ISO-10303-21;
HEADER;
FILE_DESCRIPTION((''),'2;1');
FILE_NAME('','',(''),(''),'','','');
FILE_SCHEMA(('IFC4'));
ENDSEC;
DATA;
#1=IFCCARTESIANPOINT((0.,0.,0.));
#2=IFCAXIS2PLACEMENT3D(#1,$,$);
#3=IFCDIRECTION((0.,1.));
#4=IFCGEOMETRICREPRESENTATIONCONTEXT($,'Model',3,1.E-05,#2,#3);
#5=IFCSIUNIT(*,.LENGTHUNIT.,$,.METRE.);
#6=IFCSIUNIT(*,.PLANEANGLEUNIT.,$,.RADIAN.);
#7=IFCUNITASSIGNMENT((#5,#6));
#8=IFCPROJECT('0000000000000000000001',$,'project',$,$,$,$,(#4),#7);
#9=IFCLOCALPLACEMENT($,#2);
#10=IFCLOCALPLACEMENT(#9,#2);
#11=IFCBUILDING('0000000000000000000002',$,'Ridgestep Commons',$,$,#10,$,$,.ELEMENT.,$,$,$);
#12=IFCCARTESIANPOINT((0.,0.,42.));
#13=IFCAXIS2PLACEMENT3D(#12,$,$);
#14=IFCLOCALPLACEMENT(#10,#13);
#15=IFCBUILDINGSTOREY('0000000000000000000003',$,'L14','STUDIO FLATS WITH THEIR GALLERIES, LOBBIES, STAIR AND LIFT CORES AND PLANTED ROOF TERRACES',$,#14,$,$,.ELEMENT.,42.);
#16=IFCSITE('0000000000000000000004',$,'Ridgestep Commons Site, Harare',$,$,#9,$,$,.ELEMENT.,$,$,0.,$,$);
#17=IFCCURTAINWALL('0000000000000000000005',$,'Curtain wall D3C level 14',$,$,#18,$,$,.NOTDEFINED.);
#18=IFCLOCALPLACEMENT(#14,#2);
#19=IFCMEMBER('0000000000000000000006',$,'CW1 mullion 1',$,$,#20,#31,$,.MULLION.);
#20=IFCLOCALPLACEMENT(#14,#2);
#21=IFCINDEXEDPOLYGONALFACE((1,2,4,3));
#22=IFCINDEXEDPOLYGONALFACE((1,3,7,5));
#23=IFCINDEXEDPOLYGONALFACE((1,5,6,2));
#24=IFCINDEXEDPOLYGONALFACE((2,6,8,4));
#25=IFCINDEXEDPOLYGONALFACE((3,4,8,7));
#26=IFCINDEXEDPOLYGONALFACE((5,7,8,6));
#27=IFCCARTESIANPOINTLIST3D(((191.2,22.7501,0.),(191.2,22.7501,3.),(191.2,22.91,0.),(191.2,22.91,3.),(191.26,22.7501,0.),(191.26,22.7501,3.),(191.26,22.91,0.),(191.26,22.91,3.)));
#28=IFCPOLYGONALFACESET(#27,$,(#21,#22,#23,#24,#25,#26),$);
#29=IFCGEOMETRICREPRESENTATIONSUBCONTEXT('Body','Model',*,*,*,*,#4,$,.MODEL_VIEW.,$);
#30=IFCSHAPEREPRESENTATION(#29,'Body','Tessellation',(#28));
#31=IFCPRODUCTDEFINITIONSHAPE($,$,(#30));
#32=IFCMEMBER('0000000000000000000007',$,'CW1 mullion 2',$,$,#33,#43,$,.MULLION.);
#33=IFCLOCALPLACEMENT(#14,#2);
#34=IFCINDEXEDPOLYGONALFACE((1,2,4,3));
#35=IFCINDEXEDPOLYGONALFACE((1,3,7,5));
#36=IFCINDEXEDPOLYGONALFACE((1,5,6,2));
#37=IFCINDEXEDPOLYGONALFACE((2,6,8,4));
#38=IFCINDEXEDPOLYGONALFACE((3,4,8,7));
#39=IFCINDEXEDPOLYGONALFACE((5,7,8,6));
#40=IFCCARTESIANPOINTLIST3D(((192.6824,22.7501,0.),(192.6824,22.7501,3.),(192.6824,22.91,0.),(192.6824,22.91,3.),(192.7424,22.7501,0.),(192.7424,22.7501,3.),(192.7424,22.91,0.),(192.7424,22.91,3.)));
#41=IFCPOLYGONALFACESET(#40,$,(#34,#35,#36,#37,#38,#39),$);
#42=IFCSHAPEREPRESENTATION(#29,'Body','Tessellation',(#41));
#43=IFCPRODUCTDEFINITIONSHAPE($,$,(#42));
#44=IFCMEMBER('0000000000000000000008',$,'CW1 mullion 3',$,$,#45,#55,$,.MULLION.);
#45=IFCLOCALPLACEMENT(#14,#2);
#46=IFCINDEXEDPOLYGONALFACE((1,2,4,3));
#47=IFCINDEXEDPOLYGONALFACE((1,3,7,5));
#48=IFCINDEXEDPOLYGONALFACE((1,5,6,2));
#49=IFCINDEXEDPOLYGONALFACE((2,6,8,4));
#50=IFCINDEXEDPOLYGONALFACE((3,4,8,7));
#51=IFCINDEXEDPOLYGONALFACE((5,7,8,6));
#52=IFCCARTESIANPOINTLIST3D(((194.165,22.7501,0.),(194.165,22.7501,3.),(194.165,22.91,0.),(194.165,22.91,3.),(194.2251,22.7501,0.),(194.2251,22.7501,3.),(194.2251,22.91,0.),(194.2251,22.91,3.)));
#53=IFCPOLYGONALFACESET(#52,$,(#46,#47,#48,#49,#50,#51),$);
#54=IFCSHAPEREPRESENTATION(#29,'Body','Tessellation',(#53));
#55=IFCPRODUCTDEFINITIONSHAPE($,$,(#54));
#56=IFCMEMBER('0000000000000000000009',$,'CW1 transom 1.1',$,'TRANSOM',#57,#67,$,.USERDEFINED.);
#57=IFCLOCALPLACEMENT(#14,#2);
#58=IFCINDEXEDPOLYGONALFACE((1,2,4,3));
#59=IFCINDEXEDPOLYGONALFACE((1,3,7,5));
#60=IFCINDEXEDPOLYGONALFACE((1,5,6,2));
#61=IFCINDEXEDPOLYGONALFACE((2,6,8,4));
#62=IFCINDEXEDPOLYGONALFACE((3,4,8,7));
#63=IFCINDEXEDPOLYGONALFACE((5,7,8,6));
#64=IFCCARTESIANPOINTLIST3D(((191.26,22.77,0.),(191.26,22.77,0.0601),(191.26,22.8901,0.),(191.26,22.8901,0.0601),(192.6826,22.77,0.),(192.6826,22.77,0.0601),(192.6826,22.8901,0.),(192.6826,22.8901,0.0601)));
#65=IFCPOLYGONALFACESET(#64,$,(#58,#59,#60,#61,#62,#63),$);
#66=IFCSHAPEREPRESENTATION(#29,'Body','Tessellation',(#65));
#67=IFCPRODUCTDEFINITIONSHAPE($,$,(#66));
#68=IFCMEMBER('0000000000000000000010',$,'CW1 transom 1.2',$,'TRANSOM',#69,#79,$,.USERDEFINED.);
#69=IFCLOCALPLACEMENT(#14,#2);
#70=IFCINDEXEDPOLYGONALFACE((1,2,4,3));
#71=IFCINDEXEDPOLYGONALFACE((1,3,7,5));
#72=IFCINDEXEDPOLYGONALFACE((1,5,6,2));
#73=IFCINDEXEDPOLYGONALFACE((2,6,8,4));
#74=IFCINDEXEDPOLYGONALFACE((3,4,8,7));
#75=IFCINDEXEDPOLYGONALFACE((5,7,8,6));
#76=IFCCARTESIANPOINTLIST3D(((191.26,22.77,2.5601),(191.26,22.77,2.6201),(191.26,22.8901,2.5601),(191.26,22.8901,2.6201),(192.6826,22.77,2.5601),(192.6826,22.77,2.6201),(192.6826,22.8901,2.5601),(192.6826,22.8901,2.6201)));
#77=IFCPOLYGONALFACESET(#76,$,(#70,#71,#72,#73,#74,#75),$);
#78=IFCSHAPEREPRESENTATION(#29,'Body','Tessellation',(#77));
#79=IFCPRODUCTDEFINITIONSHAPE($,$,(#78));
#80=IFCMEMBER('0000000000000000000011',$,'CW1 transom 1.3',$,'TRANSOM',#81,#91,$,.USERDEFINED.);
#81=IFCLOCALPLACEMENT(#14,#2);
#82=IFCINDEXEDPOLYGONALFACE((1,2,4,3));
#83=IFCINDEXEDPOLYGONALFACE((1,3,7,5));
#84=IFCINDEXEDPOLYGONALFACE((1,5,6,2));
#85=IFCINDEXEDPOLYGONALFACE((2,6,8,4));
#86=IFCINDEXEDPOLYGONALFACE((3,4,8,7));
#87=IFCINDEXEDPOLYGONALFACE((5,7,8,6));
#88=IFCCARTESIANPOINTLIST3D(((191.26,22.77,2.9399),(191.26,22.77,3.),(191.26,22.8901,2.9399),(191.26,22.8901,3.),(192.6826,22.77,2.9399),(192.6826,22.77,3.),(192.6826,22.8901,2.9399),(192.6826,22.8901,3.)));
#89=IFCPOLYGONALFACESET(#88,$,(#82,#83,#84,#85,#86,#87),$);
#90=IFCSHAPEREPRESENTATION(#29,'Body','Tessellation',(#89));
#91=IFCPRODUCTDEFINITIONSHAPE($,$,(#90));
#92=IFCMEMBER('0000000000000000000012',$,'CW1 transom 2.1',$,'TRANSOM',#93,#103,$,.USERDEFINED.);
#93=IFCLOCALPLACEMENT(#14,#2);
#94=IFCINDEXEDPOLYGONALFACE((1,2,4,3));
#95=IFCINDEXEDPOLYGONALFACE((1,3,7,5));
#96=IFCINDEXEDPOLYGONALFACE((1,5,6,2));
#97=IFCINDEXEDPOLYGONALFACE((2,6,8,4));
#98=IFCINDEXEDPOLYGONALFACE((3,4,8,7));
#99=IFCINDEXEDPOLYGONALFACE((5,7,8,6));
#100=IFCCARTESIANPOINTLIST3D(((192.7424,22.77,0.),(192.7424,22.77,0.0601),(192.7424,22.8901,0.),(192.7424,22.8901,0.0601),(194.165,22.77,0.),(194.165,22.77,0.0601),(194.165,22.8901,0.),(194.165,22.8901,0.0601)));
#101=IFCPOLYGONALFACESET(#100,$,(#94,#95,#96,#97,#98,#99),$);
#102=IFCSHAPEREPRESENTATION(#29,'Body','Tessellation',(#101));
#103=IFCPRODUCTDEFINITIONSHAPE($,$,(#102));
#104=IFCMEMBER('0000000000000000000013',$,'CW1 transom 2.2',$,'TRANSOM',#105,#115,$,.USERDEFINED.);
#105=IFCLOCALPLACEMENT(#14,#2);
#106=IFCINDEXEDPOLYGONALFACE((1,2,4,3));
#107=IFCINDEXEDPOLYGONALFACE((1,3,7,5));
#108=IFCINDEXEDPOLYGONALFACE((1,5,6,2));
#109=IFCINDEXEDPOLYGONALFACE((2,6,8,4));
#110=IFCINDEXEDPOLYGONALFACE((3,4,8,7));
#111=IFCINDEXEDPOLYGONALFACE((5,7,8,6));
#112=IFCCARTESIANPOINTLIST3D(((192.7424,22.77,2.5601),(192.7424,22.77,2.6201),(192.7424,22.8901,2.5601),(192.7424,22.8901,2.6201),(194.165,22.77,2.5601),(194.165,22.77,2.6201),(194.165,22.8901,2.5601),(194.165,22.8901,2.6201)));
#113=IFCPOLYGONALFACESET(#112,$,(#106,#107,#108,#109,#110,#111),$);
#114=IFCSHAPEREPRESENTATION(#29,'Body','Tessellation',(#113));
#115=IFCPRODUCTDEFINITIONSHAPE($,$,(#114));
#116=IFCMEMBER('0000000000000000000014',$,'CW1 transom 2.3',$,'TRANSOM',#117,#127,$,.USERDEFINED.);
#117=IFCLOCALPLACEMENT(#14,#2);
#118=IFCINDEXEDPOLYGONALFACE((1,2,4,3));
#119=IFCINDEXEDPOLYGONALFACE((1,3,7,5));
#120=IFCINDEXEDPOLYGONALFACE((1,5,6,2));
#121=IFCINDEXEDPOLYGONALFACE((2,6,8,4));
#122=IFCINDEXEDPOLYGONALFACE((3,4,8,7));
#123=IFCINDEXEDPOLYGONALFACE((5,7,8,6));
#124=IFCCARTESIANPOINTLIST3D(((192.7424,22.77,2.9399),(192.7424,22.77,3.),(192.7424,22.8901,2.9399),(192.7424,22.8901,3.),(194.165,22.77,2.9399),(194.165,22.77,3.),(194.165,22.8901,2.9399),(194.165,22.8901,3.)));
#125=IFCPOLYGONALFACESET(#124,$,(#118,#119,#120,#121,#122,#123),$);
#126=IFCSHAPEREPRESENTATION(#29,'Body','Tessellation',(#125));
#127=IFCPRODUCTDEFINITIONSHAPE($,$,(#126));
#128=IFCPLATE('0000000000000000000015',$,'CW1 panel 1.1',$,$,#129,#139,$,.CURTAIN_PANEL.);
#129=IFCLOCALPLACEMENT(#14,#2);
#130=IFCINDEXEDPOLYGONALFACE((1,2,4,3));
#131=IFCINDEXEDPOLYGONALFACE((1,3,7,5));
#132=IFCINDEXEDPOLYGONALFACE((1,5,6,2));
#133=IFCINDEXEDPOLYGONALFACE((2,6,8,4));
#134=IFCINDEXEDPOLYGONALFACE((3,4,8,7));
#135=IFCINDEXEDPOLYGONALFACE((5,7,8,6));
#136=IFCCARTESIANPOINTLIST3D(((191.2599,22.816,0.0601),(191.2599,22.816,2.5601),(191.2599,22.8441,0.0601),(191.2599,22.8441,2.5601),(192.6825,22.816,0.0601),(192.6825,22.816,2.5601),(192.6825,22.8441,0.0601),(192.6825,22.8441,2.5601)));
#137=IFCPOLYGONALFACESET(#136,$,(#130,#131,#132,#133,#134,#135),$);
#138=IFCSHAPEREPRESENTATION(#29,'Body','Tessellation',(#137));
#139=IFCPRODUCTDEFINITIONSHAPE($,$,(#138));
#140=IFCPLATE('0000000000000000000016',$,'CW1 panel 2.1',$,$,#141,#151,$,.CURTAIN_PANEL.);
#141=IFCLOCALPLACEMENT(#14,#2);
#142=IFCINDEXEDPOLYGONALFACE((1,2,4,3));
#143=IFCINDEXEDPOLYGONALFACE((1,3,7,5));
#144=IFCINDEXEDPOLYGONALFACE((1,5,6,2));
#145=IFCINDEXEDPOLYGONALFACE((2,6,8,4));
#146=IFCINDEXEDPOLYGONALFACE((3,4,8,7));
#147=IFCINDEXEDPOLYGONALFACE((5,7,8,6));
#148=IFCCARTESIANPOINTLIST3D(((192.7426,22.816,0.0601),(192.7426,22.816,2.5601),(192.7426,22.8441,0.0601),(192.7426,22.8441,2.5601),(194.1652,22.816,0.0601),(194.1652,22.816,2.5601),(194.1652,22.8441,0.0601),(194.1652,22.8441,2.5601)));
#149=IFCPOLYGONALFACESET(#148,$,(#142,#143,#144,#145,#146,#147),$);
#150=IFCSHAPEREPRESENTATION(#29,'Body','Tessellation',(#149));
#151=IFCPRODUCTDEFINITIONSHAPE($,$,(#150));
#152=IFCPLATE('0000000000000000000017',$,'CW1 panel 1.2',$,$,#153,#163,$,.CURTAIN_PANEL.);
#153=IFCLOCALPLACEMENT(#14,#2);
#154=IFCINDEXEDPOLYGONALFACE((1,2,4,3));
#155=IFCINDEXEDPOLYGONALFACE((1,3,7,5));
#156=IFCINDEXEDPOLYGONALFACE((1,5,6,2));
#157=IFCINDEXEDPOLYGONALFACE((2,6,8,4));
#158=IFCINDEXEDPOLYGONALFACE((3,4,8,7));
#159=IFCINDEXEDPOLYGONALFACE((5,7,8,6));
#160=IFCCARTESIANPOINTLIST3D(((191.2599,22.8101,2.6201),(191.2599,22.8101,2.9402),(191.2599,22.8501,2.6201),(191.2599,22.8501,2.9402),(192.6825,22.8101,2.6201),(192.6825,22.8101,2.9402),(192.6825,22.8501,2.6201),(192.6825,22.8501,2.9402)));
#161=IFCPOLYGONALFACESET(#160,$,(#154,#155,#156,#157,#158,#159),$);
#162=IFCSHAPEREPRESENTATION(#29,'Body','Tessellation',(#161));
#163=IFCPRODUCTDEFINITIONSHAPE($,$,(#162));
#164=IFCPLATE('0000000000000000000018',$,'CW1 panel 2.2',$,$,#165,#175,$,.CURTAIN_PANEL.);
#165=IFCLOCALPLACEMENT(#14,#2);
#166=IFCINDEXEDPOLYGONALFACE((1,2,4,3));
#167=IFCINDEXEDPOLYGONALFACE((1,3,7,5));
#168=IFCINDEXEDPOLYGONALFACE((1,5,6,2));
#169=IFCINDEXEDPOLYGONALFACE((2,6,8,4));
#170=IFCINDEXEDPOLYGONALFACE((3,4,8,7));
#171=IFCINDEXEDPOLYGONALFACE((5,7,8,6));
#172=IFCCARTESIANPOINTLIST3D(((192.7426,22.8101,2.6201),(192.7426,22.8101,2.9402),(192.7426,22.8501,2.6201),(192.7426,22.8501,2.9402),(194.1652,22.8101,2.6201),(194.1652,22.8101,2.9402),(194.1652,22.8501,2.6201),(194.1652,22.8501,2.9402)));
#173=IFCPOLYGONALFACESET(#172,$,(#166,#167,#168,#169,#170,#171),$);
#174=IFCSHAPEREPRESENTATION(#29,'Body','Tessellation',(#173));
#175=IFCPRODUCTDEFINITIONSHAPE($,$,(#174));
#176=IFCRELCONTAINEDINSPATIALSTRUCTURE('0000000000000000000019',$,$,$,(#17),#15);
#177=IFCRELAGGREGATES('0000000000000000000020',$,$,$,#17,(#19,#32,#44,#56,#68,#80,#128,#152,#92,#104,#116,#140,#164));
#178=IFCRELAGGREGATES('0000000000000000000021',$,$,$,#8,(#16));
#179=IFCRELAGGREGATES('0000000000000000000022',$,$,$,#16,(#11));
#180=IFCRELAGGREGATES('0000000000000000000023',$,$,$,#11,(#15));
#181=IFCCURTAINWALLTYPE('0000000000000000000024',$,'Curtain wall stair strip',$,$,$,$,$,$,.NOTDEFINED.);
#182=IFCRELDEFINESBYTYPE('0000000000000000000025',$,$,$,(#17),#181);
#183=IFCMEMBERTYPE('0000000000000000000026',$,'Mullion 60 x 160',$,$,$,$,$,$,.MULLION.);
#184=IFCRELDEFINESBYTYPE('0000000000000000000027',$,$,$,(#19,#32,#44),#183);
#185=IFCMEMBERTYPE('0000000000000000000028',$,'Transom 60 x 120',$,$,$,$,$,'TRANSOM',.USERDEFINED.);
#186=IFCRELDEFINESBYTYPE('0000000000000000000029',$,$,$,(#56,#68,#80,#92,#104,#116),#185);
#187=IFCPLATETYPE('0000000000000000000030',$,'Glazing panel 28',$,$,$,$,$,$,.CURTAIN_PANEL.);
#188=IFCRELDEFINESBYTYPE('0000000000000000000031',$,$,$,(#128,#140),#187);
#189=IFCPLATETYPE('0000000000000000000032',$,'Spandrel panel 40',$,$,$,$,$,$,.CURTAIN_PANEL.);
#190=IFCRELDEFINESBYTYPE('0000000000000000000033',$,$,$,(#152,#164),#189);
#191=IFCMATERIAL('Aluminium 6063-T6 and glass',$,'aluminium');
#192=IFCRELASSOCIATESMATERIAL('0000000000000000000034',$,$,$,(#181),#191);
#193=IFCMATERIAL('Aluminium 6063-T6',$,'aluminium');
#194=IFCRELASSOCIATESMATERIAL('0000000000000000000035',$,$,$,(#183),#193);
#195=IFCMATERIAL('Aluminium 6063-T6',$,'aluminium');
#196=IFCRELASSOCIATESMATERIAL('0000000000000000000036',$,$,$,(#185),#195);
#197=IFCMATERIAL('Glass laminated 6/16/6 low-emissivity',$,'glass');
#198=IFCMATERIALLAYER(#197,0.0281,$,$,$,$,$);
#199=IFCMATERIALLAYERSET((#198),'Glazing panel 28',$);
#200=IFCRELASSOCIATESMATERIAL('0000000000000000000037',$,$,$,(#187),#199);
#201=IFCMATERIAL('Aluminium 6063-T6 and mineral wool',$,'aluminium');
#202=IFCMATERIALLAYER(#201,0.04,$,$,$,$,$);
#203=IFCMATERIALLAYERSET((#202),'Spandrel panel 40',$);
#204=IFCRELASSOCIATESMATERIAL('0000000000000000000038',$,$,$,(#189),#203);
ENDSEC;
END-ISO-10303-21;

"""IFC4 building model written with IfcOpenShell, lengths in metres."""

from ifc_helpers import new_model, si_unit, direction, frame, origin, origin_2d, place, context, subcontext, project, spatial, rectangle, extrude, material, layer, layer_set, material_profile, profile_set, type_object, element, aggregate, save


model = new_model("IFC4")

# Units and contexts
model_context = context("Model", 3, precision=1e-05, world=origin(), true_north=direction((0.0, 1.0)))
body_context = subcontext(model_context, "Body", "Model", "MODEL_VIEW")
ifc_project = project(units=[si_unit("LENGTHUNIT", "METRE"), si_unit("PLANEANGLEUNIT", "RADIAN")], contexts=[model_context])

# Site, building, storey
site_placement = place(None, origin())
site = spatial("IfcSite", under=ifc_project, at=site_placement, Name="Ridgestep Commons Site, Harare", CompositionType="ELEMENT", RefElevation=0.0)
building_placement = place(site_placement, origin())
building = spatial("IfcBuilding", under=site, at=building_placement, Name="Ridgestep Commons", CompositionType="ELEMENT")
storey_placement = place(building_placement, frame((0.0, 0.0, 42.0)))
storey = spatial("IfcBuildingStorey", under=building, at=storey_placement, Name="L14", Description="STUDIO FLATS WITH THEIR GALLERIES, LOBBIES, STAIR AND LIFT CORES AND PLANTED ROOF TERRACES", CompositionType="ELEMENT", Elevation=42.0)

# Curtain wall, members, plates
ifc_material_1 = material(Name="Aluminium 6063-T6 and glass", Category="aluminium")
curtain_wall_type = type_object("IfcCurtainWallType", Name="Curtain wall stair strip", PredefinedType="NOTDEFINED", material=ifc_material_1)
curtain_wall_placement = place(storey_placement, origin())
curtain_wall = element("IfcCurtainWall", 1, at=curtain_wall_placement, inside=storey, type_object=curtain_wall_type, Name="Curtain wall D3C level 14", PredefinedType="NOTDEFINED")
ifc_material_2 = material(Name="Aluminium 6063-T6", Category="aluminium")
ifc_material_profile_1 = material_profile(ifc_material_2, rectangle(XDim=0.1599, YDim=0.0601, at=origin_2d()), Name="Mullion 60 x 160")
ifc_profile_set_1 = profile_set([ifc_material_profile_1], Name="Aluminium 6063-T6")
member_type_1 = type_object("IfcMemberType", Name="Mullion 60 x 160", PredefinedType="MULLION", material=ifc_profile_set_1)
member_1_placement = place(storey_placement, frame((191.23, 22.8301, 0.0), z_axis=(0.0, 0.0, 1.0), x_axis=(0.0, 1.0, 0.0)))
member_1 = element("IfcMember", 2, at=member_1_placement, type_object=member_type_1, Name="CW1 mullion 1", PredefinedType="MULLION", context=body_context, shape_type="SweptSolid", body=[
    extrude(rectangle(XDim=0.1599, YDim=0.0601, at=origin_2d()), origin(), (0.0, 0.0, 1.0), 3.0),
])
member_2_placement = place(storey_placement, frame((192.7124, 22.8301, 0.0), z_axis=(0.0, 0.0, 1.0), x_axis=(0.0, 1.0, 0.0)))
member_2 = element("IfcMember", 3, at=member_2_placement, type_object=member_type_1, Name="CW1 mullion 2", PredefinedType="MULLION", context=body_context, shape_type="SweptSolid", body=[
    extrude(rectangle(XDim=0.1599, YDim=0.0601, at=origin_2d()), origin(), (0.0, 0.0, 1.0), 3.0),
])
member_3_placement = place(storey_placement, frame((194.1951, 22.8301, 0.0), z_axis=(0.0, 0.0, 1.0), x_axis=(0.0, 1.0, 0.0)))
member_3 = element("IfcMember", 4, at=member_3_placement, type_object=member_type_1, Name="CW1 mullion 3", PredefinedType="MULLION", context=body_context, shape_type="SweptSolid", body=[
    extrude(rectangle(XDim=0.1599, YDim=0.0601, at=origin_2d()), origin(), (0.0, 0.0, 1.0), 3.0),
])
ifc_material_3 = material(Name="Aluminium 6063-T6", Category="aluminium")
ifc_material_profile_2 = material_profile(ifc_material_3, rectangle(XDim=0.1201, YDim=0.0601, at=origin_2d()), Name="Transom 60 x 120")
ifc_profile_set_2 = profile_set([ifc_material_profile_2], Name="Aluminium 6063-T6")
member_type_2 = type_object("IfcMemberType", Name="Transom 60 x 120", ElementType="TRANSOM", PredefinedType="USERDEFINED", material=ifc_profile_set_2)
member_4_placement = place(storey_placement, frame((191.26, 22.8301, 0.03), z_axis=(1.0, 0.0, 0.0), x_axis=(0.0, 1.0, 0.0)))
member_4 = element("IfcMember", 5, at=member_4_placement, type_object=member_type_2, Name="CW1 transom 1.1", ObjectType="TRANSOM", PredefinedType="USERDEFINED", context=body_context, shape_type="SweptSolid", body=[
    extrude(rectangle(XDim=0.1201, YDim=0.0601, at=origin_2d()), origin(), (0.0, 0.0, 1.0), 1.4226),
])
member_5_placement = place(storey_placement, frame((191.26, 22.8301, 2.5901), z_axis=(1.0, 0.0, 0.0), x_axis=(0.0, 1.0, 0.0)))
member_5 = element("IfcMember", 6, at=member_5_placement, type_object=member_type_2, Name="CW1 transom 1.2", ObjectType="TRANSOM", PredefinedType="USERDEFINED", context=body_context, shape_type="SweptSolid", body=[
    extrude(rectangle(XDim=0.1201, YDim=0.0601, at=origin_2d()), origin(), (0.0, 0.0, 1.0), 1.4226),
])
member_6_placement = place(storey_placement, frame((191.26, 22.8301, 2.97), z_axis=(1.0, 0.0, 0.0), x_axis=(0.0, 1.0, 0.0)))
member_6 = element("IfcMember", 7, at=member_6_placement, type_object=member_type_2, Name="CW1 transom 1.3", ObjectType="TRANSOM", PredefinedType="USERDEFINED", context=body_context, shape_type="SweptSolid", body=[
    extrude(rectangle(XDim=0.1201, YDim=0.0601, at=origin_2d()), origin(), (0.0, 0.0, 1.0), 1.4226),
])
member_7_placement = place(storey_placement, frame((192.7424, 22.8301, 0.03), z_axis=(1.0, 0.0, 0.0), x_axis=(0.0, 1.0, 0.0)))
member_7 = element("IfcMember", 8, at=member_7_placement, type_object=member_type_2, Name="CW1 transom 2.1", ObjectType="TRANSOM", PredefinedType="USERDEFINED", context=body_context, shape_type="SweptSolid", body=[
    extrude(rectangle(XDim=0.1201, YDim=0.0601, at=origin_2d()), origin(), (0.0, 0.0, 1.0), 1.4226),
])
member_8_placement = place(storey_placement, frame((192.7424, 22.8301, 2.5901), z_axis=(1.0, 0.0, 0.0), x_axis=(0.0, 1.0, 0.0)))
member_8 = element("IfcMember", 9, at=member_8_placement, type_object=member_type_2, Name="CW1 transom 2.2", ObjectType="TRANSOM", PredefinedType="USERDEFINED", context=body_context, shape_type="SweptSolid", body=[
    extrude(rectangle(XDim=0.1201, YDim=0.0601, at=origin_2d()), origin(), (0.0, 0.0, 1.0), 1.4226),
])
member_9_placement = place(storey_placement, frame((192.7424, 22.8301, 2.97), z_axis=(1.0, 0.0, 0.0), x_axis=(0.0, 1.0, 0.0)))
member_9 = element("IfcMember", 10, at=member_9_placement, type_object=member_type_2, Name="CW1 transom 2.3", ObjectType="TRANSOM", PredefinedType="USERDEFINED", context=body_context, shape_type="SweptSolid", body=[
    extrude(rectangle(XDim=0.1201, YDim=0.0601, at=origin_2d()), origin(), (0.0, 0.0, 1.0), 1.4226),
])
ifc_material_4 = material(Name="Glass laminated 6/16/6 low-emissivity", Category="glass")
ifc_layer_1 = layer(ifc_material_4, 0.0281)
ifc_layer_set_1 = layer_set([ifc_layer_1], Name="Glazing panel 28")
plate_type_1 = type_object("IfcPlateType", Name="Glazing panel 28", PredefinedType="CURTAIN_PANEL", material=ifc_layer_set_1)
plate_1_placement = place(storey_placement, frame((191.9712, 22.8301, 0.0601), z_axis=(0.0, 0.0, 1.0), x_axis=(1.0, 0.0, 0.0)))
plate_1 = element("IfcPlate", 11, at=plate_1_placement, type_object=plate_type_1, Name="CW1 panel 1.1", PredefinedType="CURTAIN_PANEL", context=body_context, shape_type="SweptSolid", body=[
    extrude(rectangle(XDim=1.4226, YDim=0.0281, at=origin_2d()), origin(), (0.0, 0.0, 1.0), 2.5),
])
plate_2_placement = place(storey_placement, frame((193.4539, 22.8301, 0.0601), z_axis=(0.0, 0.0, 1.0), x_axis=(1.0, 0.0, 0.0)))
plate_2 = element("IfcPlate", 12, at=plate_2_placement, type_object=plate_type_1, Name="CW1 panel 2.1", PredefinedType="CURTAIN_PANEL", context=body_context, shape_type="SweptSolid", body=[
    extrude(rectangle(XDim=1.4226, YDim=0.0281, at=origin_2d()), origin(), (0.0, 0.0, 1.0), 2.5),
])
ifc_material_5 = material(Name="Aluminium 6063-T6 and mineral wool", Category="aluminium")
ifc_layer_2 = layer(ifc_material_5, 0.04)
ifc_layer_set_2 = layer_set([ifc_layer_2], Name="Spandrel panel 40")
plate_type_2 = type_object("IfcPlateType", Name="Spandrel panel 40", PredefinedType="CURTAIN_PANEL", material=ifc_layer_set_2)
plate_3_placement = place(storey_placement, frame((191.9712, 22.8301, 2.6201), z_axis=(0.0, 0.0, 1.0), x_axis=(1.0, 0.0, 0.0)))
plate_3 = element("IfcPlate", 13, at=plate_3_placement, type_object=plate_type_2, Name="CW1 panel 1.2", PredefinedType="CURTAIN_PANEL", context=body_context, shape_type="SweptSolid", body=[
    extrude(rectangle(XDim=1.4226, YDim=0.04, at=origin_2d()), origin(), (0.0, 0.0, 1.0), 0.3201),
])
plate_4_placement = place(storey_placement, frame((193.4539, 22.8301, 2.6201), z_axis=(0.0, 0.0, 1.0), x_axis=(1.0, 0.0, 0.0)))
plate_4 = element("IfcPlate", 14, at=plate_4_placement, type_object=plate_type_2, Name="CW1 panel 2.2", PredefinedType="CURTAIN_PANEL", context=body_context, shape_type="SweptSolid", body=[
    extrude(rectangle(XDim=1.4226, YDim=0.04, at=origin_2d()), origin(), (0.0, 0.0, 1.0), 0.3201),
])
aggregate(curtain_wall, [member_1, member_2, member_3, member_4, member_5, member_6, plate_1, plate_3, member_7, member_8, member_9, plate_2, plate_4])

save(model, "model.ifc")
